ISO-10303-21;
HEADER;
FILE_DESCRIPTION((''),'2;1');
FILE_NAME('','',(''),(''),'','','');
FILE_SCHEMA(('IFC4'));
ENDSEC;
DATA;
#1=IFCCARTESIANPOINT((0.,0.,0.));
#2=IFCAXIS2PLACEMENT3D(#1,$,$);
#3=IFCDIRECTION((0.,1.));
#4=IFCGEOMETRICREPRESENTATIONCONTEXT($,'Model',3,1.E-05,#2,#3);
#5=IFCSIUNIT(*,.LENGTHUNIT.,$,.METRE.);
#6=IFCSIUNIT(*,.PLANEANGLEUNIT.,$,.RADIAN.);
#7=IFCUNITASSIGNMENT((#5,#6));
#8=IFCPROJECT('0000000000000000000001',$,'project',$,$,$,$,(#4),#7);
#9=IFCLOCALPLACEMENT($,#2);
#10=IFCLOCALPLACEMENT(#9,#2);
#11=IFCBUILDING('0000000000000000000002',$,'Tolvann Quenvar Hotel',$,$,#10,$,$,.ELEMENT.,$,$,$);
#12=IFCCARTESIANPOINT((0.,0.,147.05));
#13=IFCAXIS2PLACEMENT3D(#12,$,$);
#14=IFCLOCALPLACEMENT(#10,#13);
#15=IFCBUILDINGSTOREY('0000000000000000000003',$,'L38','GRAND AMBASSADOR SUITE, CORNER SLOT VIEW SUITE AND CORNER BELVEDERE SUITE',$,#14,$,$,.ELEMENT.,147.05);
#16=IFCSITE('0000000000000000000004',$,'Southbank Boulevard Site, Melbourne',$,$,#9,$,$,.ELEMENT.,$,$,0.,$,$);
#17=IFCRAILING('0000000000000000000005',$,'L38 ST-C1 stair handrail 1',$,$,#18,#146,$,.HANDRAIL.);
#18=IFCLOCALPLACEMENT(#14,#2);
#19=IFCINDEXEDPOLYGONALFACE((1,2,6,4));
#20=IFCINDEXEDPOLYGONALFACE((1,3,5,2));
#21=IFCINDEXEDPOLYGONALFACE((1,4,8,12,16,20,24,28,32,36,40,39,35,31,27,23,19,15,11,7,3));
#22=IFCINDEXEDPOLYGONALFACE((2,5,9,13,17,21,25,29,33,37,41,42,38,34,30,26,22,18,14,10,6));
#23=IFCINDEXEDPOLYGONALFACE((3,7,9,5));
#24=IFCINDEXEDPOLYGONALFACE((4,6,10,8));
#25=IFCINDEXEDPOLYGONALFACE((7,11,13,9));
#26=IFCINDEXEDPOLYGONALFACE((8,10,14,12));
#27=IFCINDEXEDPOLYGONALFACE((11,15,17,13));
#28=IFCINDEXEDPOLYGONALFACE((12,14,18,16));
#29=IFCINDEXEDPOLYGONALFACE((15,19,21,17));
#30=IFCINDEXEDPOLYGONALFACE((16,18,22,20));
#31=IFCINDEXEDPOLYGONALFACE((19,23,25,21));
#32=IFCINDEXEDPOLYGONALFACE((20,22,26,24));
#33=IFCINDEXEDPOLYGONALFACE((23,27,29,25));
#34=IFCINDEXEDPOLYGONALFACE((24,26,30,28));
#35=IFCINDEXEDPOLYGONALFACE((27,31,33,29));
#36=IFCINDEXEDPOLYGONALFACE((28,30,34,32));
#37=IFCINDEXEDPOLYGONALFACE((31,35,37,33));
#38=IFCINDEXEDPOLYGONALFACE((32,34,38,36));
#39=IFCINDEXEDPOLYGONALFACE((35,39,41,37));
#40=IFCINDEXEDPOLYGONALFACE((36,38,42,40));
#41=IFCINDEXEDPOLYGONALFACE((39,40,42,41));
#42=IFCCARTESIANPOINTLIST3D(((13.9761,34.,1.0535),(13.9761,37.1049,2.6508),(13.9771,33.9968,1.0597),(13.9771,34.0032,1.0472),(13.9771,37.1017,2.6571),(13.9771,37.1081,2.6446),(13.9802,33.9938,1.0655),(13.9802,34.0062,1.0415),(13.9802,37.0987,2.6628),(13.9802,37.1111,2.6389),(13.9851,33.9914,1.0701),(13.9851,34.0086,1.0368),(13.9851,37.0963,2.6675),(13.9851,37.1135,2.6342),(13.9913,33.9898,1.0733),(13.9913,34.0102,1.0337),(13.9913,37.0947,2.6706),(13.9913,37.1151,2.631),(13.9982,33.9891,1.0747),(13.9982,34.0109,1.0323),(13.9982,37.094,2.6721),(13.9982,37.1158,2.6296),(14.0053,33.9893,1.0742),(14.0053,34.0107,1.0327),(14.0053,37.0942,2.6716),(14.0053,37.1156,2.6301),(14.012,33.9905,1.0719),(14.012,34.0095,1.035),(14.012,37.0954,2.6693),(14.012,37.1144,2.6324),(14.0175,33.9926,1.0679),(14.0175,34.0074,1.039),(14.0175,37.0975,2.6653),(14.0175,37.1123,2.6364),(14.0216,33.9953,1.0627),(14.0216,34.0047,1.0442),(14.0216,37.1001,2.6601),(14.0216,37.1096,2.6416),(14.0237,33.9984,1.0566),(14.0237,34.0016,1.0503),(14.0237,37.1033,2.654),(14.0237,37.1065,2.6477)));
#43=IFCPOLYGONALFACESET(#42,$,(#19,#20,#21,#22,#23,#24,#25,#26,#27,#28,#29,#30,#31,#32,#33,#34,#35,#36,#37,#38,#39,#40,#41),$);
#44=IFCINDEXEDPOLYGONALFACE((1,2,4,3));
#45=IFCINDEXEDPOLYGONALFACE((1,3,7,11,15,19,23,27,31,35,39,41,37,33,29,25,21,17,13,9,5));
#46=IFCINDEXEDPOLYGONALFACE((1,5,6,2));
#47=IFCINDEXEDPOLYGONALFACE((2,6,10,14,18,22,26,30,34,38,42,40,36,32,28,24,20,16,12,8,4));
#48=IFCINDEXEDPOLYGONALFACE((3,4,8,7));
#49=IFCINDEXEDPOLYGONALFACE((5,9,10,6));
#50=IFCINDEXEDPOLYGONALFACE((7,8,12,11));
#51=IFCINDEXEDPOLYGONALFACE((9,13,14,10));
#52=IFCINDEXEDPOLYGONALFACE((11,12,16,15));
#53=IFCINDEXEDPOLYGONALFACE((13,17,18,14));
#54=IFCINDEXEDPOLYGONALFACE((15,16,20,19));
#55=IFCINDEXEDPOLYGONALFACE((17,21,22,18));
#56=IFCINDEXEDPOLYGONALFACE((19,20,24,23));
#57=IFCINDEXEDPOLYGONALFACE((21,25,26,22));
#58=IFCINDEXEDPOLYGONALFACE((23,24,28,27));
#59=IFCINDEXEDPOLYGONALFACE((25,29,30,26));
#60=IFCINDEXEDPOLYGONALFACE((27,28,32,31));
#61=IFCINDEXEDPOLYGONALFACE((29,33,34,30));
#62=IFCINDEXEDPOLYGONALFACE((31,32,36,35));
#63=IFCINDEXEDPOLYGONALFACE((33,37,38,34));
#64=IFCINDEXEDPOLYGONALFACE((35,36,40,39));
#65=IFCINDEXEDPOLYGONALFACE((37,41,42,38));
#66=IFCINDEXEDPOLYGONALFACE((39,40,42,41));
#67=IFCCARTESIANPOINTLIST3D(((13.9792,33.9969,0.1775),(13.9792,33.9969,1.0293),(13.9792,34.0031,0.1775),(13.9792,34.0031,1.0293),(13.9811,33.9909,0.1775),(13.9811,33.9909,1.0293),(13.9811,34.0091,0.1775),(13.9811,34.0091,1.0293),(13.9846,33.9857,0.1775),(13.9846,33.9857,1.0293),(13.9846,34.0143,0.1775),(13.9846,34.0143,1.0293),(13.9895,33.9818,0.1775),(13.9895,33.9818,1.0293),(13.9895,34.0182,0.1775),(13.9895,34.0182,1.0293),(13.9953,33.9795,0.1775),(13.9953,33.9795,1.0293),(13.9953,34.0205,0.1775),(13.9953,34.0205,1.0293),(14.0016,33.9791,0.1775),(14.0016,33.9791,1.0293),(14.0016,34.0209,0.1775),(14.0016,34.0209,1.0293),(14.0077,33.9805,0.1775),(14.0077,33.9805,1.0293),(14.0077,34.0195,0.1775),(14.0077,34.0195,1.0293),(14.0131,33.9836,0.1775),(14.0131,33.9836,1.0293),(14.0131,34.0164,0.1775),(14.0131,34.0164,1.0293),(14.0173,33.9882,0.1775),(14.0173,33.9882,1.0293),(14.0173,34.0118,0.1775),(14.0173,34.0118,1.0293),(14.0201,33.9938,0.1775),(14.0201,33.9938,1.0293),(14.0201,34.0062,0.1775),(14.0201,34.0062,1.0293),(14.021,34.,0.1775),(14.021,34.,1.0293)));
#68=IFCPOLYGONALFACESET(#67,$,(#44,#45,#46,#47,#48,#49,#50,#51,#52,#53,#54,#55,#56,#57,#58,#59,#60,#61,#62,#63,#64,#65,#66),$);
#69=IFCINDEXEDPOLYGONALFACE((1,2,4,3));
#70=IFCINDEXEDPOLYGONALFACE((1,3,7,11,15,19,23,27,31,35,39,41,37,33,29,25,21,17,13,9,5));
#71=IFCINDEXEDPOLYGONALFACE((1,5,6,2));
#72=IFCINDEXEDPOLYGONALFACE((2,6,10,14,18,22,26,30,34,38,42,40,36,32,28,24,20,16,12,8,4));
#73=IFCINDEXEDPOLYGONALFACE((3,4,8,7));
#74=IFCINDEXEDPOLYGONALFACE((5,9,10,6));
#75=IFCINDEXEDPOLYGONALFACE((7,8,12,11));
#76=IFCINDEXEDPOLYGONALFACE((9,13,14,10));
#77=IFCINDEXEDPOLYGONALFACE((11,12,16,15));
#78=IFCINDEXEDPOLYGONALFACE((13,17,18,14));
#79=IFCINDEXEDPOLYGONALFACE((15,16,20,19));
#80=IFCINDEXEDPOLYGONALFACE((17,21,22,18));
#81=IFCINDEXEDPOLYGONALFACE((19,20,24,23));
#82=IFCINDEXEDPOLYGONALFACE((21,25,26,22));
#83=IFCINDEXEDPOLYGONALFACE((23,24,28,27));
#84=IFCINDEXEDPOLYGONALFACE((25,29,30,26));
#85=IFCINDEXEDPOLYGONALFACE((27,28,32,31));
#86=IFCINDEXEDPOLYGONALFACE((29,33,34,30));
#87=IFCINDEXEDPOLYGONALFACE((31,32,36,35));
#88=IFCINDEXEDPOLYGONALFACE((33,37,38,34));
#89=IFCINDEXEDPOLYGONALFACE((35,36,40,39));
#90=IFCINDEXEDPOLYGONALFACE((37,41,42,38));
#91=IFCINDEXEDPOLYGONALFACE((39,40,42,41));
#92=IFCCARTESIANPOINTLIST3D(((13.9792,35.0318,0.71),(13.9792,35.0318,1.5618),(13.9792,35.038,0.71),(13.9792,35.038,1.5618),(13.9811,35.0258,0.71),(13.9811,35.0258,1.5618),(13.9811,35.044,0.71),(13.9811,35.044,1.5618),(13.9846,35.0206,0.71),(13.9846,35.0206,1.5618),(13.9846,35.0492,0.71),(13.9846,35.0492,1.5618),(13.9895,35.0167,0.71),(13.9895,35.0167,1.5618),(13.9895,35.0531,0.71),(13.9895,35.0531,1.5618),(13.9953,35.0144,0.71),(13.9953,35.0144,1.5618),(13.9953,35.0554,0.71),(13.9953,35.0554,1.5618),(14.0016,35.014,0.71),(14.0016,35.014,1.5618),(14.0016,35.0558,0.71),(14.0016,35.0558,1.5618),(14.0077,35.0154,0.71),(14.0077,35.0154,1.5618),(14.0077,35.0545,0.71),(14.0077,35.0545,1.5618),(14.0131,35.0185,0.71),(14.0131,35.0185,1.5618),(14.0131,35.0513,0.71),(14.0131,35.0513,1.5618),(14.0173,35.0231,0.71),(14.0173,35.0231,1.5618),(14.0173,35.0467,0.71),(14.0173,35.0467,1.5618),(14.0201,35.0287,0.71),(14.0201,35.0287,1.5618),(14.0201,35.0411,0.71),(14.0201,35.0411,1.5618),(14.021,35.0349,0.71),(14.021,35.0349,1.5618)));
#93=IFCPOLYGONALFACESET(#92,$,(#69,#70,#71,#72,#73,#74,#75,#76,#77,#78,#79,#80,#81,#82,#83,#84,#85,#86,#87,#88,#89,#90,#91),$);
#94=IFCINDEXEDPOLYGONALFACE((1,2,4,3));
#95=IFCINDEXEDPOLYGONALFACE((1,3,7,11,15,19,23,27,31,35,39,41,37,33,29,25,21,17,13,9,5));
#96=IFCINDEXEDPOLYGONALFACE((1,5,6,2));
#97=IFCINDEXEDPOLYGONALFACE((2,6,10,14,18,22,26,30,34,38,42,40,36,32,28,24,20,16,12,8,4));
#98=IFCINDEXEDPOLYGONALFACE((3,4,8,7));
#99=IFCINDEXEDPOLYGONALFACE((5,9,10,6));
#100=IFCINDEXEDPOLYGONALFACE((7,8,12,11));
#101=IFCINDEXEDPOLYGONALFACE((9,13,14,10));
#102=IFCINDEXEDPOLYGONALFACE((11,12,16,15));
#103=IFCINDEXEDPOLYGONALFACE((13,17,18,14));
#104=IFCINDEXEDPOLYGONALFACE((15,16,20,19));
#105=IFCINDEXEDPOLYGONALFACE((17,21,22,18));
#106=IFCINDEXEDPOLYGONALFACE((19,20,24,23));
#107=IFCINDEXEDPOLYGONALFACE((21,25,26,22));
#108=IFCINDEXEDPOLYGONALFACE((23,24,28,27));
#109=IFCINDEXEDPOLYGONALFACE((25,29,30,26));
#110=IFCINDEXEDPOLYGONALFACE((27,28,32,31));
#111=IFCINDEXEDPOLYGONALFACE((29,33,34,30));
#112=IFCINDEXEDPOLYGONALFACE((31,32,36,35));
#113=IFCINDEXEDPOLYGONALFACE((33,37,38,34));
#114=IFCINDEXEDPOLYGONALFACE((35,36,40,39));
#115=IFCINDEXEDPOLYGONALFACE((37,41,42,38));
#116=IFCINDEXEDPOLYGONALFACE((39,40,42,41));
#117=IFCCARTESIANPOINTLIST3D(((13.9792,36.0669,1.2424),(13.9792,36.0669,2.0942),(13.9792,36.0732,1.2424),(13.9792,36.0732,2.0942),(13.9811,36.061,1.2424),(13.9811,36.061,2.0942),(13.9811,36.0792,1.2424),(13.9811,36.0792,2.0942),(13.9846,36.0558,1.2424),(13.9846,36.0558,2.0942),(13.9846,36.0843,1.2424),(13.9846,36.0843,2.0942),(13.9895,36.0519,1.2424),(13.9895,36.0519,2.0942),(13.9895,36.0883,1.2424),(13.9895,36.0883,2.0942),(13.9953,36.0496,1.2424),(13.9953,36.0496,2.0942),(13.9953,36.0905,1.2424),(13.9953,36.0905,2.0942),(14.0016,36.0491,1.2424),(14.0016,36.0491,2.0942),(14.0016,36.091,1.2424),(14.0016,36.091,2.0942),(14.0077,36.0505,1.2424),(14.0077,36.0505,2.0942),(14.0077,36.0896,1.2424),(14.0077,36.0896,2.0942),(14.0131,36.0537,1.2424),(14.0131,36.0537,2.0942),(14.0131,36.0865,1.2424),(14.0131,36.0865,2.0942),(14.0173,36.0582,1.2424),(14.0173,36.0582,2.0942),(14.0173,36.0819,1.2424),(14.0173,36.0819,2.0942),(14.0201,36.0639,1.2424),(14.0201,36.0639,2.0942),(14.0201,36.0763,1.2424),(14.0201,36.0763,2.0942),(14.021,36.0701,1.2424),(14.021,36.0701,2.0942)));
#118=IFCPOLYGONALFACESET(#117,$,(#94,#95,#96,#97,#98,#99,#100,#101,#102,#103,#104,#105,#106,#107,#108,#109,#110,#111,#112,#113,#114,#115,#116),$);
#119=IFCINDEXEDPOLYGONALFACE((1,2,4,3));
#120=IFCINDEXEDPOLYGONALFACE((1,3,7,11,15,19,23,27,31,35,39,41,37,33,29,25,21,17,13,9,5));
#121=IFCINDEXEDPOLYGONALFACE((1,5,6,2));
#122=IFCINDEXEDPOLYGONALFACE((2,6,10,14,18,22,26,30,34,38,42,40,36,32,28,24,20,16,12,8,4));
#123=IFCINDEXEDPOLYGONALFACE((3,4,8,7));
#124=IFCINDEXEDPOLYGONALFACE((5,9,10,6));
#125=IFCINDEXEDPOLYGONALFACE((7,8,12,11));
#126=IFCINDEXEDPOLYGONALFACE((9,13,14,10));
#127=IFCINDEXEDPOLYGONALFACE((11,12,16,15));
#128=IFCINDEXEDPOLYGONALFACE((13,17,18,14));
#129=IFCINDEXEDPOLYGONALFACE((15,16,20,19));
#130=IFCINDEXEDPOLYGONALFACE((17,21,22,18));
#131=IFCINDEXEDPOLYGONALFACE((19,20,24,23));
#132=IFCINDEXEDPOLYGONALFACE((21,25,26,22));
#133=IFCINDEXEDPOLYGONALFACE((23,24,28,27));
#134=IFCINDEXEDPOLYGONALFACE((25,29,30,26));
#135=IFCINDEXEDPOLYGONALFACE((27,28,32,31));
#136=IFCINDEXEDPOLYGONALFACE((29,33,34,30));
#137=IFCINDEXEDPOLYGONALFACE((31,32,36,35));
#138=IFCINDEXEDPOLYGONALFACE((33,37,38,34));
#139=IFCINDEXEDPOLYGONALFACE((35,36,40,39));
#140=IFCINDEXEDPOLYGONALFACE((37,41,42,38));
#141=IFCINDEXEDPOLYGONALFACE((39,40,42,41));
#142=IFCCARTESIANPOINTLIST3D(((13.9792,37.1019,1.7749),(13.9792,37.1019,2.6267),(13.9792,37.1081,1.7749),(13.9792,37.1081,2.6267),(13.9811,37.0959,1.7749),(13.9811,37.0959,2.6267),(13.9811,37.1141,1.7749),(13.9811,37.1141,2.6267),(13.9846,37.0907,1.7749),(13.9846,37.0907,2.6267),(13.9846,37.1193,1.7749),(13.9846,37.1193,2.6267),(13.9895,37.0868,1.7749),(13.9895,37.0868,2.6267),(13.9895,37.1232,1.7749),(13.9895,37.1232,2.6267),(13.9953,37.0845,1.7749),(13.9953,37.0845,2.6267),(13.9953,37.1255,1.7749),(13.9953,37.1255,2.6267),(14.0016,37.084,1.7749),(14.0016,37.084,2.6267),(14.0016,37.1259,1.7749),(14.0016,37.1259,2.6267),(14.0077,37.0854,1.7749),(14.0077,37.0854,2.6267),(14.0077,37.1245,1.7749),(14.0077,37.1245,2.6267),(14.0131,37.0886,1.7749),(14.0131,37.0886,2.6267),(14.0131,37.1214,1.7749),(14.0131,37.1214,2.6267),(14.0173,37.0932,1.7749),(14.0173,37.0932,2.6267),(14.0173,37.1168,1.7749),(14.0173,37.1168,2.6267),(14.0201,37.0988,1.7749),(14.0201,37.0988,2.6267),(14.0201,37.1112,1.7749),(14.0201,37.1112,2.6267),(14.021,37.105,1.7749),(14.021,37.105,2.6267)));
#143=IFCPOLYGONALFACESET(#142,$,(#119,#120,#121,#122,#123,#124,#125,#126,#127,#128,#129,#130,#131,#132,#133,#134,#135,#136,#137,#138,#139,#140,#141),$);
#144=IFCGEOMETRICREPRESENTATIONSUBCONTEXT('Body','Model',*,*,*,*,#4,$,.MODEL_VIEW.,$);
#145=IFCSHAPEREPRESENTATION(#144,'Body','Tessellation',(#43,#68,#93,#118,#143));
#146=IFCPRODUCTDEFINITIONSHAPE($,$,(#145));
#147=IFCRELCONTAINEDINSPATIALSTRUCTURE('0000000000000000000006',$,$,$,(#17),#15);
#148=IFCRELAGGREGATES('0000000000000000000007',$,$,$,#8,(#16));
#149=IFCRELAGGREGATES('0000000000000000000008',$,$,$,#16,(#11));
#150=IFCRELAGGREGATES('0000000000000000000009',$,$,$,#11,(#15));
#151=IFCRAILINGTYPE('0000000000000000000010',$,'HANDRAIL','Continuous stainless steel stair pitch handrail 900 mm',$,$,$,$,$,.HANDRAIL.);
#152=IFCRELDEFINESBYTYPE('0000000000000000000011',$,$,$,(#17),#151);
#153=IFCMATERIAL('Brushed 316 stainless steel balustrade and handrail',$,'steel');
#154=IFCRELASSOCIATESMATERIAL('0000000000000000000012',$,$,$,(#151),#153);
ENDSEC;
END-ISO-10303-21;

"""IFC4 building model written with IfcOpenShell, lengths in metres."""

from ifc_helpers import new_model, si_unit, direction, frame, origin, origin_2d, place, context, subcontext, project, spatial, circle, extrude, material, type_object, element, save


model = new_model("IFC4")

# Units and contexts
model_context = context("Model", 3, precision=1e-05, world=origin(), true_north=direction((0.0, 1.0)))
body_context = subcontext(model_context, "Body", "Model", "MODEL_VIEW")
ifc_project = project(units=[si_unit("LENGTHUNIT", "METRE"), si_unit("PLANEANGLEUNIT", "RADIAN")], contexts=[model_context])

# Site, building, storey
site_placement = place(None, origin())
site = spatial("IfcSite", under=ifc_project, at=site_placement, Name="Southbank Boulevard Site, Melbourne", CompositionType="ELEMENT", RefElevation=0.0)
building_placement = place(site_placement, origin())
building = spatial("IfcBuilding", under=site, at=building_placement, Name="Tolvann Quenvar Hotel", CompositionType="ELEMENT")
storey_placement = place(building_placement, frame((0.0, 0.0, 147.05)))
storey = spatial("IfcBuildingStorey", under=building, at=storey_placement, Name="L38", Description="GRAND AMBASSADOR SUITE, CORNER SLOT VIEW SUITE AND CORNER BELVEDERE SUITE", CompositionType="ELEMENT", Elevation=147.05)

# Railing
ifc_material_1 = material(Name="Brushed 316 stainless steel balustrade and handrail", Category="steel")
railing_type_1 = type_object("IfcRailingType", Name="HANDRAIL", Description="Continuous stainless steel stair pitch handrail 900 mm", PredefinedType="HANDRAIL", material=ifc_material_1)
railing_1_placement = place(storey_placement, frame((14.0, 34.0, 0.1775)))
element("IfcRailing", 1, at=railing_1_placement, inside=storey, type_object=railing_type_1, Name="L38 ST-C1 stair handrail 1", PredefinedType="HANDRAIL", context=body_context, shape_type="SweptSolid", body=[
    extrude(circle(Radius=0.0239, at=origin_2d()), frame((0.0, 0.0, 0.876), z_axis=(0.0, 0.889222, 0.457476), x_axis=(-1.0, 0.0, 0.0)), (0.0, 0.0, 1.0), 3.4917),
    extrude(circle(Radius=0.021, at=origin_2d()), origin(), (0.0, 0.0, 1.0), 0.8518),
    extrude(circle(Radius=0.021, at=origin_2d()), frame((0.0, 1.0349, 0.5325)), (0.0, 0.0, 1.0), 0.8518),
    extrude(circle(Radius=0.021, at=origin_2d()), frame((0.0, 2.0701, 1.0649)), (0.0, 0.0, 1.0), 0.8518),
    extrude(circle(Radius=0.021, at=origin_2d()), frame((0.0, 3.105, 1.5974)), (0.0, 0.0, 1.0), 0.8518),
])

save(model, "model.ifc")
